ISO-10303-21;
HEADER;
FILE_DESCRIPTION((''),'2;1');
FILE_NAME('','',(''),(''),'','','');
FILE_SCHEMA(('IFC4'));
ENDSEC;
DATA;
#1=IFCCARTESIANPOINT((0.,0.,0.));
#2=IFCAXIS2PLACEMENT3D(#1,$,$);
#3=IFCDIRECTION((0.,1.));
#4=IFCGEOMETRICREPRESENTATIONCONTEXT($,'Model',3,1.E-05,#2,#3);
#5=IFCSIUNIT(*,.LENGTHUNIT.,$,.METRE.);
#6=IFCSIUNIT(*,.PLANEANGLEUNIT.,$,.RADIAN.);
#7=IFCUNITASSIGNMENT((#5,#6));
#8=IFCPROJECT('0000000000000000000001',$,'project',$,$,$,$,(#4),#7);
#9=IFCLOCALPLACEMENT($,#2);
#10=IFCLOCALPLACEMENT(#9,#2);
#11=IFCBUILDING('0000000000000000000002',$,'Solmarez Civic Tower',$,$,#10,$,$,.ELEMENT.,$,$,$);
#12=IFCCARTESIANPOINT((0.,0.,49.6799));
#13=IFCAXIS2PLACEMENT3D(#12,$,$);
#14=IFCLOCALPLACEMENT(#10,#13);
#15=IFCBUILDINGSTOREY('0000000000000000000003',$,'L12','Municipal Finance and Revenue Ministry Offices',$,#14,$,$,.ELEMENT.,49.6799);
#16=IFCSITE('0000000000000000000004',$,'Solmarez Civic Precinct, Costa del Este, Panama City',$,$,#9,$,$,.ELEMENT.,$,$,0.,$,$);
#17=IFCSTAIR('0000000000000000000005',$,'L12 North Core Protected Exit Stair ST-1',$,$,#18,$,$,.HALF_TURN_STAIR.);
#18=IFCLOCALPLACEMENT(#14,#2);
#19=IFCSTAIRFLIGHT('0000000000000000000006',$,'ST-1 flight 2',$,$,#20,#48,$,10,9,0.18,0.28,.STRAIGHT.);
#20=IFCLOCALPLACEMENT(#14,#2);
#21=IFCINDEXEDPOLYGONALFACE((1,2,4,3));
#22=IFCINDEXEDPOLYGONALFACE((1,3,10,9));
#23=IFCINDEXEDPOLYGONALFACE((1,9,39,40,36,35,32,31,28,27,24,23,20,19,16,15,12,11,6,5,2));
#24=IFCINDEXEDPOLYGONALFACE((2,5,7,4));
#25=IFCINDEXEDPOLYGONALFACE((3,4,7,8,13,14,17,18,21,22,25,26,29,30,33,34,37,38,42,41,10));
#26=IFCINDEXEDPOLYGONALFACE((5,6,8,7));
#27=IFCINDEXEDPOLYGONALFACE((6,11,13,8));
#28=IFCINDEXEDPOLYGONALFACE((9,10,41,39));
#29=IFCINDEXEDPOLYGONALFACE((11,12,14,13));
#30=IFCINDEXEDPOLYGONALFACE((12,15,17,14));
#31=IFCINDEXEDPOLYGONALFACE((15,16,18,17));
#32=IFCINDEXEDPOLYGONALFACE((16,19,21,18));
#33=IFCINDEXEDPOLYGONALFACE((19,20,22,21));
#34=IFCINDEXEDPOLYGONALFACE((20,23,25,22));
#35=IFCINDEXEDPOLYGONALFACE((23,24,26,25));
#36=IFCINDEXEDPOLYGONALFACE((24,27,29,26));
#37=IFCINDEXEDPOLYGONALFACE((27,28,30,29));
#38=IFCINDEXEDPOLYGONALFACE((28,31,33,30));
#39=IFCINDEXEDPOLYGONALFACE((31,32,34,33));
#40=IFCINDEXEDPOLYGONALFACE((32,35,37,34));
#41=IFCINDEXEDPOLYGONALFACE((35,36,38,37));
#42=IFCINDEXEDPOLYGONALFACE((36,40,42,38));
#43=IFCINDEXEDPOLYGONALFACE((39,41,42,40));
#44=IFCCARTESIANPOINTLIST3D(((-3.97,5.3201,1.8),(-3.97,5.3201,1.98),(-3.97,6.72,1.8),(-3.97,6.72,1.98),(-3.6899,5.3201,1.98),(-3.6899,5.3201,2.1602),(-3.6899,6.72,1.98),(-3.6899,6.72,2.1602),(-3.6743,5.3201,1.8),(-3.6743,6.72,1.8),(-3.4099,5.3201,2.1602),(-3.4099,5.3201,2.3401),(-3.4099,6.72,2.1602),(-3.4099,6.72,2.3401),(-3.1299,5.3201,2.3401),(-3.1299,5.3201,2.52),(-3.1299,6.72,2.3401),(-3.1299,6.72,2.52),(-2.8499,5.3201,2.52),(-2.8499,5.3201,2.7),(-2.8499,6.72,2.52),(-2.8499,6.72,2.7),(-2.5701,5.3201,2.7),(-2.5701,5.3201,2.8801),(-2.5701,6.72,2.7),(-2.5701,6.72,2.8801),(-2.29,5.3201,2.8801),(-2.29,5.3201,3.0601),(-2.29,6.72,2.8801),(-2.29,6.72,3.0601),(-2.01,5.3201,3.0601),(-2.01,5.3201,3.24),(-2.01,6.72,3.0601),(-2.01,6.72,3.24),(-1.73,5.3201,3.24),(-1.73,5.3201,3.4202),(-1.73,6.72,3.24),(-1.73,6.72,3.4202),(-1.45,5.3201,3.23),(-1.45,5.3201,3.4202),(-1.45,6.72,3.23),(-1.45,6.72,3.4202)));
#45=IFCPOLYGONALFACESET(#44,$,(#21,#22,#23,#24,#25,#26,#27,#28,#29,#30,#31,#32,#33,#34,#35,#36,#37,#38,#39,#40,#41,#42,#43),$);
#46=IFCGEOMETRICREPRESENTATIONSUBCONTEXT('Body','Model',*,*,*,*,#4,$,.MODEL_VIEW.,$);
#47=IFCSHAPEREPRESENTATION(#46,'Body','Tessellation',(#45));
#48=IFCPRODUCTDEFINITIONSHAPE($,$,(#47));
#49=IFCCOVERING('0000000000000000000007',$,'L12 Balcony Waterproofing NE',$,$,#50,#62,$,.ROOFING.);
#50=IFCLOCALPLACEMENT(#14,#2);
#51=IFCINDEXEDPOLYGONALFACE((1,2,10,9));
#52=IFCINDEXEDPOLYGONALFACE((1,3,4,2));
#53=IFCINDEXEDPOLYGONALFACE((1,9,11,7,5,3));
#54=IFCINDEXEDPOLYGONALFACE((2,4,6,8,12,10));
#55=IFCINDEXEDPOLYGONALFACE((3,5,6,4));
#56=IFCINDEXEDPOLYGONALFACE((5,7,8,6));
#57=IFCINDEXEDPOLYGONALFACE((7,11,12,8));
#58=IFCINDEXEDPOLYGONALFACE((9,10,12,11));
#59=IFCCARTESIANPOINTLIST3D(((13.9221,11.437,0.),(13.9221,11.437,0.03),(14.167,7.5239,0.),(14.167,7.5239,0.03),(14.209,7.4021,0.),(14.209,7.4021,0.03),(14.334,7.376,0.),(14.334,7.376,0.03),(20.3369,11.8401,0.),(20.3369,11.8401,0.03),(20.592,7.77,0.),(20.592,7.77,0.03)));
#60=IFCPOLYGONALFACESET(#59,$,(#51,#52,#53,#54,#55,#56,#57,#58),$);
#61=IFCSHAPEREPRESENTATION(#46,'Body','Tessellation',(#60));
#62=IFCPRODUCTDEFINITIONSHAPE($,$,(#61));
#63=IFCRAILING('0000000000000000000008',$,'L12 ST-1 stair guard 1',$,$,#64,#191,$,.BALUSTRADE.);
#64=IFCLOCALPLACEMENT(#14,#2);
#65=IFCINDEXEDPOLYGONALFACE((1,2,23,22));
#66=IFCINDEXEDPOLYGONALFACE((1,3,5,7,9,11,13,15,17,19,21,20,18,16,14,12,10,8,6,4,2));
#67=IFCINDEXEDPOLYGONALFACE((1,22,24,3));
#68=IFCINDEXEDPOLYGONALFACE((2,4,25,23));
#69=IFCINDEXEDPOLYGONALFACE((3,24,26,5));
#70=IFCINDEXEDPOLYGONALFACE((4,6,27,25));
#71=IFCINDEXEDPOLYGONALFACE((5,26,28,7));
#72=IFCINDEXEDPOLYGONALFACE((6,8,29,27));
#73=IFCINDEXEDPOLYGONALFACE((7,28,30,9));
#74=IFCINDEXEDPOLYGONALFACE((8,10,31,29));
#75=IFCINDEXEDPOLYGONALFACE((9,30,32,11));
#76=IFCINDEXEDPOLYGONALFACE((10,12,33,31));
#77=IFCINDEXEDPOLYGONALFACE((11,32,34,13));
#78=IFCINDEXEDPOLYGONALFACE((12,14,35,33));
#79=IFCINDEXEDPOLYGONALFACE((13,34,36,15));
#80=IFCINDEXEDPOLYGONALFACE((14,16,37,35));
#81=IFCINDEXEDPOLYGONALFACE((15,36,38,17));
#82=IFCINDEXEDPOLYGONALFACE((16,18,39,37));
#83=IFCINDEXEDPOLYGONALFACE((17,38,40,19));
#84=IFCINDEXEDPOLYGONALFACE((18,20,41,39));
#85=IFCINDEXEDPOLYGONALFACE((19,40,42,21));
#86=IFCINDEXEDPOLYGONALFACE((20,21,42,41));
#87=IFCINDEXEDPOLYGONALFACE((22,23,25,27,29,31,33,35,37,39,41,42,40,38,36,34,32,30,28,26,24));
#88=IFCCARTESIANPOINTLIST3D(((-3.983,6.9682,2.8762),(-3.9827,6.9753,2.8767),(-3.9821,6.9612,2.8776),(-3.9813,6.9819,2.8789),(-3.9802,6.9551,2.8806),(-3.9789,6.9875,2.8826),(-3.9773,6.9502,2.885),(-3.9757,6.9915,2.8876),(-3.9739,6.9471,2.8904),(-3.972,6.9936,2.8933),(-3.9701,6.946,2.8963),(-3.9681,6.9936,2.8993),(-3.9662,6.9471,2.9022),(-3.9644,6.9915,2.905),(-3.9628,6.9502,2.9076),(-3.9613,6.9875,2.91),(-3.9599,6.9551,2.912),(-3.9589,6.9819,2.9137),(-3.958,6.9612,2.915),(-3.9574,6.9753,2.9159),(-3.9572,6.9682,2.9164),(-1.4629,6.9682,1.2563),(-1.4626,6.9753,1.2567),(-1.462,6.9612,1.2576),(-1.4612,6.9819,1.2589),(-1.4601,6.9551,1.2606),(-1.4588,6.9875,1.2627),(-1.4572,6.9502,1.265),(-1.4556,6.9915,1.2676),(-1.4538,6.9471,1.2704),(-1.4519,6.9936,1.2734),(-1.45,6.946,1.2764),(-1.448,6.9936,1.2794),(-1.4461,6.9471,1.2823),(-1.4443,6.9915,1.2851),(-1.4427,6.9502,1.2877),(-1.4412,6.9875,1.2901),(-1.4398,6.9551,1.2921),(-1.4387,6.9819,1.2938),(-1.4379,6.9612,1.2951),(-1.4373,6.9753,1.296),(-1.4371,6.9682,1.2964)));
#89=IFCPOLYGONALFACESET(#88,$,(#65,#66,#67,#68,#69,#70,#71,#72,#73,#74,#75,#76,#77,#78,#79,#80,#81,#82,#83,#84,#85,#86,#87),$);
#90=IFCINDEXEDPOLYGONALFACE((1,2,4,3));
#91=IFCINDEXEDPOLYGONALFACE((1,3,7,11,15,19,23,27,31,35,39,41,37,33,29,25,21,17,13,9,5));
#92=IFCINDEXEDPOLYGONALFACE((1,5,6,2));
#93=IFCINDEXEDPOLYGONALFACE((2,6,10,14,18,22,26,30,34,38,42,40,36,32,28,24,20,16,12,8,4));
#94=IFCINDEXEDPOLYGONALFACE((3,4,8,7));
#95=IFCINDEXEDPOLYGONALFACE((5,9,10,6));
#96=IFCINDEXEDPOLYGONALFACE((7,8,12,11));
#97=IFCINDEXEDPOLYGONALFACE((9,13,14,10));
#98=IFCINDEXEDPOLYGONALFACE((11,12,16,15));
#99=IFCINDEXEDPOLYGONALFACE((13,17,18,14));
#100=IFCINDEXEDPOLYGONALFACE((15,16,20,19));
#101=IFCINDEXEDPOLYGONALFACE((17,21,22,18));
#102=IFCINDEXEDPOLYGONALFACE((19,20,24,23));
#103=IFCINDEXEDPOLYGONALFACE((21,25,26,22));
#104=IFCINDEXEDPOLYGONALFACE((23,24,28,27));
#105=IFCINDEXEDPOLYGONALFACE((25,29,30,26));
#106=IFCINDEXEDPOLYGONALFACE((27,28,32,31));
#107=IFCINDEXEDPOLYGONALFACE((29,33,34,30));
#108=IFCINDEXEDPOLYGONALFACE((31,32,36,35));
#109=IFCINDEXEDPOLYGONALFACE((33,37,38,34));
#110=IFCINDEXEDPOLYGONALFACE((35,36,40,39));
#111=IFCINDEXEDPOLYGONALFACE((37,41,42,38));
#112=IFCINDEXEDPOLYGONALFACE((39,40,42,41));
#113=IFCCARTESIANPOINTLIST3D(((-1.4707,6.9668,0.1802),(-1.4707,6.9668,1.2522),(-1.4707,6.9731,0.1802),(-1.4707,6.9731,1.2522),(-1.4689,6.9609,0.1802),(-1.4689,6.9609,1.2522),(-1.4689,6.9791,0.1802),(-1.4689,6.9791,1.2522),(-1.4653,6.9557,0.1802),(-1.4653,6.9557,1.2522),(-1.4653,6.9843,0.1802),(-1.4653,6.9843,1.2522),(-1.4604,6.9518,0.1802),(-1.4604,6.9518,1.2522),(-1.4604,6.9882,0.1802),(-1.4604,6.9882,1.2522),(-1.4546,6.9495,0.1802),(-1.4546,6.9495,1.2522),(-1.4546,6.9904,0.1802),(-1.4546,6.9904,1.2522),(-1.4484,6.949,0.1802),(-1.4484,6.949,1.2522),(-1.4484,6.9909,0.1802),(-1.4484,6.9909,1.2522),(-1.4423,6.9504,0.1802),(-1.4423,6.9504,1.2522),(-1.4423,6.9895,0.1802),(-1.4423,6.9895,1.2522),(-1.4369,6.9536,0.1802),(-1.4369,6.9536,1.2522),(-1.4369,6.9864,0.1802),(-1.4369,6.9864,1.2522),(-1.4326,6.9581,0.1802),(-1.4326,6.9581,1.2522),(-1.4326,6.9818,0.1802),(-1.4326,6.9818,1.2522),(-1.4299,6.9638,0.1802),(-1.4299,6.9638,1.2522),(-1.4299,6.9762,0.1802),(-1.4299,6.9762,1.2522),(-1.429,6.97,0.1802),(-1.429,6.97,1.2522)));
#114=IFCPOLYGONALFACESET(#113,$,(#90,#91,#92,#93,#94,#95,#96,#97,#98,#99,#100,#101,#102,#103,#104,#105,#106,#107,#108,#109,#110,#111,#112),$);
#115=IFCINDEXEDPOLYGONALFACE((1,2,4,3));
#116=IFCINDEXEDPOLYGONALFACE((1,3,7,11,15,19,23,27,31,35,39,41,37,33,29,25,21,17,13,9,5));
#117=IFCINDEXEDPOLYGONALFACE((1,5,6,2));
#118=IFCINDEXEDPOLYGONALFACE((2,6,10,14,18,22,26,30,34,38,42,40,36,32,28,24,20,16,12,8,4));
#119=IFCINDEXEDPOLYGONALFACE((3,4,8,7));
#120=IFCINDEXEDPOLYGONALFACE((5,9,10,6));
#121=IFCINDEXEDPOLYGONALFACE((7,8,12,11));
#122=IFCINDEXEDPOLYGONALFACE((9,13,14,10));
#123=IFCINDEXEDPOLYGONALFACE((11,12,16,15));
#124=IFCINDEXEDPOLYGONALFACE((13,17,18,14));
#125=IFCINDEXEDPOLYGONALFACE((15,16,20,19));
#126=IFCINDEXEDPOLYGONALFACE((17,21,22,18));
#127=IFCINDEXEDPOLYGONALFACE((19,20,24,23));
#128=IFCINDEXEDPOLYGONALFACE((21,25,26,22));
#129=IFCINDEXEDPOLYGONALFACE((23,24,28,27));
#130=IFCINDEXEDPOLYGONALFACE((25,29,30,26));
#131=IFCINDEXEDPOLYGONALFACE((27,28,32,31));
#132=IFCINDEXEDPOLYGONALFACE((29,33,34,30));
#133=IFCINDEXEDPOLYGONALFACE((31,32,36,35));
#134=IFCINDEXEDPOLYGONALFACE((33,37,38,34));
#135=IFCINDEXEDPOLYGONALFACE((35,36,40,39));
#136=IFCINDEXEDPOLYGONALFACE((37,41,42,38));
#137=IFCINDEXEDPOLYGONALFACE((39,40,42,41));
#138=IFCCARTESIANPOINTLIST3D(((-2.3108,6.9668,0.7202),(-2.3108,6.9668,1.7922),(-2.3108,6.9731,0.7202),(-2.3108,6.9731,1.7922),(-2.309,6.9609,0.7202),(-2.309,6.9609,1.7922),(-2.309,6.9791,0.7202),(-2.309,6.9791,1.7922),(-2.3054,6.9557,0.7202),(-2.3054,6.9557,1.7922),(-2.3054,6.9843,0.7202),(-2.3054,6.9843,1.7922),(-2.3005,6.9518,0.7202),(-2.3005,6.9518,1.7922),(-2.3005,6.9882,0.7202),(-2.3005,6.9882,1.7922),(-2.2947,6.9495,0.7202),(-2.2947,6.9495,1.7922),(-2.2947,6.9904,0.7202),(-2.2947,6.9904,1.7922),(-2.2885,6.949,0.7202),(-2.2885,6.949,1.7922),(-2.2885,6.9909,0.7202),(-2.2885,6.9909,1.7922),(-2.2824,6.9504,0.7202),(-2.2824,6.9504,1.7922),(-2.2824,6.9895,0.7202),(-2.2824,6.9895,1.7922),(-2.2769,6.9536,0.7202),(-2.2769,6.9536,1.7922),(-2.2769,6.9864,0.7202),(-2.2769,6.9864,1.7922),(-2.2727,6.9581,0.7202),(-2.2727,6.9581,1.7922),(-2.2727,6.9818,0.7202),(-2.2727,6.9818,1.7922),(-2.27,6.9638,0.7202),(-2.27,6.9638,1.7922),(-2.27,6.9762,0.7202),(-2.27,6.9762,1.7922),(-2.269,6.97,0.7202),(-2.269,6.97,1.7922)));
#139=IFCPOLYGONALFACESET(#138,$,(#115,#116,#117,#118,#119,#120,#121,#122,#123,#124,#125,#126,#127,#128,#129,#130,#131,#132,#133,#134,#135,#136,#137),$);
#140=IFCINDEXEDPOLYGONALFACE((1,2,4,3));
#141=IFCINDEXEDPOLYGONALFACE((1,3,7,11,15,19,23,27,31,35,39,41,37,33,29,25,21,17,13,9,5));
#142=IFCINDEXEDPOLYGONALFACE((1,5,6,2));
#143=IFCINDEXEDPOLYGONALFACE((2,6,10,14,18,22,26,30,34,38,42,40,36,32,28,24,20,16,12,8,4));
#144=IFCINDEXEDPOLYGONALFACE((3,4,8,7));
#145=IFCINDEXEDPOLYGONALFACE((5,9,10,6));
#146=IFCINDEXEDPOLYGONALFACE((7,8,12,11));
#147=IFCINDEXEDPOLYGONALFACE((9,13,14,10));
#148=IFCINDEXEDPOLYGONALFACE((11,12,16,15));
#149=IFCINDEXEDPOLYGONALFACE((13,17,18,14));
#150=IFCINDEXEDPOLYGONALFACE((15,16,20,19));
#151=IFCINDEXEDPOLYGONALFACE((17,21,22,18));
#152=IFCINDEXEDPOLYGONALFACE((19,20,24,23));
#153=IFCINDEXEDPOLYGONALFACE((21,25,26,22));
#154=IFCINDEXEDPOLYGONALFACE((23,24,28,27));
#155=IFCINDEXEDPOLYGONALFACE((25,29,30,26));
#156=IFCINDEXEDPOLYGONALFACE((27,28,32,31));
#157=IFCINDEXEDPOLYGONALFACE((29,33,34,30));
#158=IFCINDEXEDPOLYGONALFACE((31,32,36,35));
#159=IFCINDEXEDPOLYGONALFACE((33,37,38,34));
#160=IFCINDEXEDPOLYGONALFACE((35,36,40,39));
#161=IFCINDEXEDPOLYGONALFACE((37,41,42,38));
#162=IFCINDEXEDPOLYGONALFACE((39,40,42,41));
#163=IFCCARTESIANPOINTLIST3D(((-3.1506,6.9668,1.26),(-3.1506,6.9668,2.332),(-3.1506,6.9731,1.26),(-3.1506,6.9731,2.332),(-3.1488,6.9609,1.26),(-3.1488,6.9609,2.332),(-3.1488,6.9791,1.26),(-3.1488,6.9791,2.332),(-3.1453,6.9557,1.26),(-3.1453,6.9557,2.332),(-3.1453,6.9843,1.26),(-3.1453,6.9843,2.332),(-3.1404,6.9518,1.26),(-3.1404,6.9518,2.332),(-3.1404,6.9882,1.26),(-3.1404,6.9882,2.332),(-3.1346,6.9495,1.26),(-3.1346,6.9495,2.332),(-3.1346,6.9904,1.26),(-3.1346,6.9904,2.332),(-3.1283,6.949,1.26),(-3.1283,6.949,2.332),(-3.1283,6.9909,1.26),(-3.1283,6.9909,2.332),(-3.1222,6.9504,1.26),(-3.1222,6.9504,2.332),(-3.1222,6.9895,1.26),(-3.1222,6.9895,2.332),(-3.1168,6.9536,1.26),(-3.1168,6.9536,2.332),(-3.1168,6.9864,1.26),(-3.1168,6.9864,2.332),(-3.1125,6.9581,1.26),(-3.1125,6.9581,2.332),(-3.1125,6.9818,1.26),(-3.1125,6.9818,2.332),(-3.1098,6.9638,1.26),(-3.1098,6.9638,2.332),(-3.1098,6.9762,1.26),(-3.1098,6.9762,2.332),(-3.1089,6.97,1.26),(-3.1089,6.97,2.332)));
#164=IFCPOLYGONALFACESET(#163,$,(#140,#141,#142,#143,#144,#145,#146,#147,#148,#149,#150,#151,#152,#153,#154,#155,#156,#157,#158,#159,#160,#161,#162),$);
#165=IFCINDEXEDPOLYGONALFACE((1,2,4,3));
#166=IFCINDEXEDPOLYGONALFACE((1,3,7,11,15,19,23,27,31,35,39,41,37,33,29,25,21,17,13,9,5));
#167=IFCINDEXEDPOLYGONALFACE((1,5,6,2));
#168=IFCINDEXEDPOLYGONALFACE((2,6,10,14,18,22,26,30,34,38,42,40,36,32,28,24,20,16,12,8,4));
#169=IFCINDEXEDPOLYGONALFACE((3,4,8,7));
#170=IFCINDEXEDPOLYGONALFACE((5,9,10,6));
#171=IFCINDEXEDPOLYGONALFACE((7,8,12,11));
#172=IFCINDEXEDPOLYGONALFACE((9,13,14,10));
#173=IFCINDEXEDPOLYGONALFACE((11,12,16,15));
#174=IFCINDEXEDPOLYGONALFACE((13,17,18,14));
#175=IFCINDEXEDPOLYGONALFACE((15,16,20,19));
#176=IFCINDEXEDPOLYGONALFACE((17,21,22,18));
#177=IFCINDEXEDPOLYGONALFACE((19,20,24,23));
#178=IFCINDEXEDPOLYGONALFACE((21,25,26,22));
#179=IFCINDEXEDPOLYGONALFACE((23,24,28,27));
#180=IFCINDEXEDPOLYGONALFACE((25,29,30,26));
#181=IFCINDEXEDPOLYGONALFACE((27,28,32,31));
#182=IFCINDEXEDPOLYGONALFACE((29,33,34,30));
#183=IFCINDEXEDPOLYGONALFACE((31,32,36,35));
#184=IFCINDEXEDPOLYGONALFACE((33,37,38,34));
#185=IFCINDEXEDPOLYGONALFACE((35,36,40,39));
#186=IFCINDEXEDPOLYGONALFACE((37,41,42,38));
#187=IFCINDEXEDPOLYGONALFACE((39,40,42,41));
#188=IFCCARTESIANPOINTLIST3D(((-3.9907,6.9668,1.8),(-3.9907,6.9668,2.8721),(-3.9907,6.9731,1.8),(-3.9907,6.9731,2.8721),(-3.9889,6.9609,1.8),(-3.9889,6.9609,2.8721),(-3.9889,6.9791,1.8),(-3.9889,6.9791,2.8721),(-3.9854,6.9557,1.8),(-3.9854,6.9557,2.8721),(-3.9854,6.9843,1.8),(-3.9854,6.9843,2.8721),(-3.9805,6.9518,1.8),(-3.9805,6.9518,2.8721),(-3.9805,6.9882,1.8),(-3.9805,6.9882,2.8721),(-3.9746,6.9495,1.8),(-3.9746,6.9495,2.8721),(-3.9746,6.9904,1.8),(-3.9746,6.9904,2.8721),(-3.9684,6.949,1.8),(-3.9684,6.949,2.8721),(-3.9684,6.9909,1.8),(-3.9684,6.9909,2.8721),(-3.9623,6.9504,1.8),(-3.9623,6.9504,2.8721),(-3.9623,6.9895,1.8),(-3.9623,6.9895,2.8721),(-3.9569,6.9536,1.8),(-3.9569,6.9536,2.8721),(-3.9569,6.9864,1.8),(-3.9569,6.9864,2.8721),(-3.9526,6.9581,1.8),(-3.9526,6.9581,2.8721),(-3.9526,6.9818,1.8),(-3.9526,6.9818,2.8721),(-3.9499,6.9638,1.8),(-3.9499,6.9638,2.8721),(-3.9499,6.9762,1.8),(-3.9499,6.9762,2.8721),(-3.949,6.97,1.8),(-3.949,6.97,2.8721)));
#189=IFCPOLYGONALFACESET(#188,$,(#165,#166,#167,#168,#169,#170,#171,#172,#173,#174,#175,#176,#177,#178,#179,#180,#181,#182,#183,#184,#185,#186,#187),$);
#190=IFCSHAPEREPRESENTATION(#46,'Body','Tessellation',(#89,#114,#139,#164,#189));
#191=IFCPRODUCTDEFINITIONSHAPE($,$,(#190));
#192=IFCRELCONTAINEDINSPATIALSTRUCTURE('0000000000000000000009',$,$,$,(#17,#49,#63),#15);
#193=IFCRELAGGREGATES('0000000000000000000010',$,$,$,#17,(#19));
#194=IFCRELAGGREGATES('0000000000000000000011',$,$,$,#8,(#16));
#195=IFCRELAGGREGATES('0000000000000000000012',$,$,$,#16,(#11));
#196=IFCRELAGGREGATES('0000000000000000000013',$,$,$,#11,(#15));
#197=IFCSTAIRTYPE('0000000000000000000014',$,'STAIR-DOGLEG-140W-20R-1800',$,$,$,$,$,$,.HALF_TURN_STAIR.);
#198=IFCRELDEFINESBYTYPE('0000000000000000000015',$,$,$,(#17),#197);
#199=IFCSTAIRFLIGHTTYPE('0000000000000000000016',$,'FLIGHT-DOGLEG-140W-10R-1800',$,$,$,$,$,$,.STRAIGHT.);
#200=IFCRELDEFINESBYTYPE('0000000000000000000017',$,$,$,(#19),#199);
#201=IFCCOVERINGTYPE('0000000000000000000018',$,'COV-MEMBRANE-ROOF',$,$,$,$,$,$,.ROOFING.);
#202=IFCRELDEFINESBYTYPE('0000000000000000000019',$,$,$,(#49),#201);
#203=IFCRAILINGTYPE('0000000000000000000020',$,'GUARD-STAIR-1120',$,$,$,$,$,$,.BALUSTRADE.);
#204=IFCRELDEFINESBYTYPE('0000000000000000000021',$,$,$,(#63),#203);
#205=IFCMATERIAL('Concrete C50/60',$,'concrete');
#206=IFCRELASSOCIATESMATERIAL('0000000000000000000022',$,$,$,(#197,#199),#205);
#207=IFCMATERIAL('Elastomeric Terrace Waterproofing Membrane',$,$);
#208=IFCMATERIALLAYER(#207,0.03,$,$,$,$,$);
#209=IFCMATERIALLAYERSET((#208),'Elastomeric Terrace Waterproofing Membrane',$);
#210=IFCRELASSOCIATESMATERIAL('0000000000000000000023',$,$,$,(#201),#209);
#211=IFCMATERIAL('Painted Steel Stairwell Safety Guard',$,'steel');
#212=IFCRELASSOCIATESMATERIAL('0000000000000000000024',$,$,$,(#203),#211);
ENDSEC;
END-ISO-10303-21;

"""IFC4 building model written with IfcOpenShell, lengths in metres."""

from ifc_helpers import new_model, si_unit, direction, frame, origin, origin_2d, place, context, subcontext, project, spatial, polyline, circle, outline, extrude, material, layer, layer_set, type_object, element, aggregate, save


model = new_model("IFC4")

# Units and contexts
model_context = context("Model", 3, precision=1e-05, world=origin(), true_north=direction((0.0, 1.0)))
body_context = subcontext(model_context, "Body", "Model", "MODEL_VIEW")
ifc_project = project(units=[si_unit("LENGTHUNIT", "METRE"), si_unit("PLANEANGLEUNIT", "RADIAN")], contexts=[model_context])

# Site, building, storey
site_placement = place(None, origin())
site = spatial("IfcSite", under=ifc_project, at=site_placement, Name="Solmarez Civic Precinct, Costa del Este, Panama City", CompositionType="ELEMENT", RefElevation=0.0)
building_placement = place(site_placement, origin())
building = spatial("IfcBuilding", under=site, at=building_placement, Name="Solmarez Civic Tower", CompositionType="ELEMENT")
storey_placement = place(building_placement, frame((0.0, 0.0, 49.6799)))
storey = spatial("IfcBuildingStorey", under=building, at=storey_placement, Name="L12", Description="Municipal Finance and Revenue Ministry Offices", CompositionType="ELEMENT", Elevation=49.6799)

# Shared definitions
ifc_material_1 = material(Name="Concrete C50/60", Category="concrete")

# Stair, stair flight
stair_type = type_object("IfcStairType", Name="STAIR-DOGLEG-140W-20R-1800", PredefinedType="HALF_TURN_STAIR", material=ifc_material_1)
stair_placement = place(storey_placement, origin())
stair = element("IfcStair", 1, at=stair_placement, inside=storey, type_object=stair_type, Name="L12 North Core Protected Exit Stair ST-1", PredefinedType="HALF_TURN_STAIR")
stair_flight_type = type_object("IfcStairFlightType", Name="FLIGHT-DOGLEG-140W-10R-1800", PredefinedType="STRAIGHT", material=ifc_material_1)
stair_flight_1_placement = place(storey_placement, frame((-3.97, 6.02, 1.8), z_axis=(0.0, 0.0, 1.0), x_axis=(1.0, 0.0, 0.0)))
stair_flight_1 = element("IfcStairFlight", 2, at=stair_flight_1_placement, type_object=stair_flight_type, Name="ST-1 flight 2", NumberOfRisers=10, NumberOfTreads=9, PredefinedType="STRAIGHT", RiserHeight=0.18, TreadLength=0.28, context=body_context, shape_type="SweptSolid", body=[
    extrude(outline(polyline([(0.0, 0.0), (0.0, 0.1799), (0.28, 0.1799), (0.28, 0.3601), (0.5601, 0.3601), (0.5601, 0.54), (0.8401, 0.54), (0.8401, 0.72), (1.1201, 0.72), (1.1201, 0.8999), (1.3999, 0.8999), (1.3999, 1.0801), (1.6799, 1.0801), (1.6799, 1.26), (1.96, 1.26), (1.96, 1.4399), (2.24, 1.4399), (2.24, 1.6201), (2.52, 1.6201), (2.52, 1.8), (2.52, 1.4299), (0.2957, 0.0), (0.0, 0.0)])), frame((0.0, 0.7, 0.0), z_axis=(0.0, -1.0, 0.0), x_axis=(1.0, 0.0, 0.0)), (0.0, 0.0, 1.0), 1.3999),
])
aggregate(stair, [stair_flight_1])

# Covering
ifc_material_2 = material(Name="Elastomeric Terrace Waterproofing Membrane")
ifc_layer_1 = layer(ifc_material_2, 0.03)
ifc_layer_set_1 = layer_set([ifc_layer_1], Name="Elastomeric Terrace Waterproofing Membrane")
covering_type = type_object("IfcCoveringType", Name="COV-MEMBRANE-ROOF", PredefinedType="ROOFING", material=ifc_layer_set_1)
covering_placement = place(storey_placement, origin())
element("IfcCovering", 3, at=covering_placement, inside=storey, type_object=covering_type, Name="L12 Balcony Waterproofing NE", PredefinedType="ROOFING", context=body_context, shape_type="SweptSolid", body=[
    extrude(outline(polyline([(14.167, 7.5239), (14.209, 7.4021), (14.334, 7.376), (20.592, 7.77), (20.3369, 11.8401), (13.9221, 11.437), (14.167, 7.5239)])), origin(), (0.0, 0.0, 1.0), 0.03),
])

# Railing
ifc_material_3 = material(Name="Painted Steel Stairwell Safety Guard", Category="steel")
railing_type_1 = type_object("IfcRailingType", Name="GUARD-STAIR-1120", PredefinedType="BALUSTRADE", material=ifc_material_3)
railing_1_placement = place(storey_placement, frame((-1.45, 6.97, 0.1802)))
element("IfcRailing", 4, at=railing_1_placement, inside=storey, type_object=railing_type_1, Name="L12 ST-1 stair guard 1", PredefinedType="BALUSTRADE", context=body_context, shape_type="SweptSolid", body=[
    extrude(circle(Radius=0.0239, at=origin_2d()), frame((0.0, 0.0, 1.0962), z_axis=(-0.8412, 0.0, 0.540725), x_axis=(0.0, -1.0, 0.0)), (0.0, 0.0, 1.0), 2.9958),
    extrude(circle(Radius=0.021, at=origin_2d()), origin(), (0.0, 0.0, 1.0), 1.072),
    extrude(circle(Radius=0.021, at=origin_2d()), frame((-0.8401, 0.0, 0.54)), (0.0, 0.0, 1.0), 1.072),
    extrude(circle(Radius=0.021, at=origin_2d()), frame((-1.6799, 0.0, 1.0798)), (0.0, 0.0, 1.0), 1.072),
    extrude(circle(Radius=0.021, at=origin_2d()), frame((-2.52, 0.0, 1.6199)), (0.0, 0.0, 1.0), 1.072),
])

save(model, "model.ifc")
